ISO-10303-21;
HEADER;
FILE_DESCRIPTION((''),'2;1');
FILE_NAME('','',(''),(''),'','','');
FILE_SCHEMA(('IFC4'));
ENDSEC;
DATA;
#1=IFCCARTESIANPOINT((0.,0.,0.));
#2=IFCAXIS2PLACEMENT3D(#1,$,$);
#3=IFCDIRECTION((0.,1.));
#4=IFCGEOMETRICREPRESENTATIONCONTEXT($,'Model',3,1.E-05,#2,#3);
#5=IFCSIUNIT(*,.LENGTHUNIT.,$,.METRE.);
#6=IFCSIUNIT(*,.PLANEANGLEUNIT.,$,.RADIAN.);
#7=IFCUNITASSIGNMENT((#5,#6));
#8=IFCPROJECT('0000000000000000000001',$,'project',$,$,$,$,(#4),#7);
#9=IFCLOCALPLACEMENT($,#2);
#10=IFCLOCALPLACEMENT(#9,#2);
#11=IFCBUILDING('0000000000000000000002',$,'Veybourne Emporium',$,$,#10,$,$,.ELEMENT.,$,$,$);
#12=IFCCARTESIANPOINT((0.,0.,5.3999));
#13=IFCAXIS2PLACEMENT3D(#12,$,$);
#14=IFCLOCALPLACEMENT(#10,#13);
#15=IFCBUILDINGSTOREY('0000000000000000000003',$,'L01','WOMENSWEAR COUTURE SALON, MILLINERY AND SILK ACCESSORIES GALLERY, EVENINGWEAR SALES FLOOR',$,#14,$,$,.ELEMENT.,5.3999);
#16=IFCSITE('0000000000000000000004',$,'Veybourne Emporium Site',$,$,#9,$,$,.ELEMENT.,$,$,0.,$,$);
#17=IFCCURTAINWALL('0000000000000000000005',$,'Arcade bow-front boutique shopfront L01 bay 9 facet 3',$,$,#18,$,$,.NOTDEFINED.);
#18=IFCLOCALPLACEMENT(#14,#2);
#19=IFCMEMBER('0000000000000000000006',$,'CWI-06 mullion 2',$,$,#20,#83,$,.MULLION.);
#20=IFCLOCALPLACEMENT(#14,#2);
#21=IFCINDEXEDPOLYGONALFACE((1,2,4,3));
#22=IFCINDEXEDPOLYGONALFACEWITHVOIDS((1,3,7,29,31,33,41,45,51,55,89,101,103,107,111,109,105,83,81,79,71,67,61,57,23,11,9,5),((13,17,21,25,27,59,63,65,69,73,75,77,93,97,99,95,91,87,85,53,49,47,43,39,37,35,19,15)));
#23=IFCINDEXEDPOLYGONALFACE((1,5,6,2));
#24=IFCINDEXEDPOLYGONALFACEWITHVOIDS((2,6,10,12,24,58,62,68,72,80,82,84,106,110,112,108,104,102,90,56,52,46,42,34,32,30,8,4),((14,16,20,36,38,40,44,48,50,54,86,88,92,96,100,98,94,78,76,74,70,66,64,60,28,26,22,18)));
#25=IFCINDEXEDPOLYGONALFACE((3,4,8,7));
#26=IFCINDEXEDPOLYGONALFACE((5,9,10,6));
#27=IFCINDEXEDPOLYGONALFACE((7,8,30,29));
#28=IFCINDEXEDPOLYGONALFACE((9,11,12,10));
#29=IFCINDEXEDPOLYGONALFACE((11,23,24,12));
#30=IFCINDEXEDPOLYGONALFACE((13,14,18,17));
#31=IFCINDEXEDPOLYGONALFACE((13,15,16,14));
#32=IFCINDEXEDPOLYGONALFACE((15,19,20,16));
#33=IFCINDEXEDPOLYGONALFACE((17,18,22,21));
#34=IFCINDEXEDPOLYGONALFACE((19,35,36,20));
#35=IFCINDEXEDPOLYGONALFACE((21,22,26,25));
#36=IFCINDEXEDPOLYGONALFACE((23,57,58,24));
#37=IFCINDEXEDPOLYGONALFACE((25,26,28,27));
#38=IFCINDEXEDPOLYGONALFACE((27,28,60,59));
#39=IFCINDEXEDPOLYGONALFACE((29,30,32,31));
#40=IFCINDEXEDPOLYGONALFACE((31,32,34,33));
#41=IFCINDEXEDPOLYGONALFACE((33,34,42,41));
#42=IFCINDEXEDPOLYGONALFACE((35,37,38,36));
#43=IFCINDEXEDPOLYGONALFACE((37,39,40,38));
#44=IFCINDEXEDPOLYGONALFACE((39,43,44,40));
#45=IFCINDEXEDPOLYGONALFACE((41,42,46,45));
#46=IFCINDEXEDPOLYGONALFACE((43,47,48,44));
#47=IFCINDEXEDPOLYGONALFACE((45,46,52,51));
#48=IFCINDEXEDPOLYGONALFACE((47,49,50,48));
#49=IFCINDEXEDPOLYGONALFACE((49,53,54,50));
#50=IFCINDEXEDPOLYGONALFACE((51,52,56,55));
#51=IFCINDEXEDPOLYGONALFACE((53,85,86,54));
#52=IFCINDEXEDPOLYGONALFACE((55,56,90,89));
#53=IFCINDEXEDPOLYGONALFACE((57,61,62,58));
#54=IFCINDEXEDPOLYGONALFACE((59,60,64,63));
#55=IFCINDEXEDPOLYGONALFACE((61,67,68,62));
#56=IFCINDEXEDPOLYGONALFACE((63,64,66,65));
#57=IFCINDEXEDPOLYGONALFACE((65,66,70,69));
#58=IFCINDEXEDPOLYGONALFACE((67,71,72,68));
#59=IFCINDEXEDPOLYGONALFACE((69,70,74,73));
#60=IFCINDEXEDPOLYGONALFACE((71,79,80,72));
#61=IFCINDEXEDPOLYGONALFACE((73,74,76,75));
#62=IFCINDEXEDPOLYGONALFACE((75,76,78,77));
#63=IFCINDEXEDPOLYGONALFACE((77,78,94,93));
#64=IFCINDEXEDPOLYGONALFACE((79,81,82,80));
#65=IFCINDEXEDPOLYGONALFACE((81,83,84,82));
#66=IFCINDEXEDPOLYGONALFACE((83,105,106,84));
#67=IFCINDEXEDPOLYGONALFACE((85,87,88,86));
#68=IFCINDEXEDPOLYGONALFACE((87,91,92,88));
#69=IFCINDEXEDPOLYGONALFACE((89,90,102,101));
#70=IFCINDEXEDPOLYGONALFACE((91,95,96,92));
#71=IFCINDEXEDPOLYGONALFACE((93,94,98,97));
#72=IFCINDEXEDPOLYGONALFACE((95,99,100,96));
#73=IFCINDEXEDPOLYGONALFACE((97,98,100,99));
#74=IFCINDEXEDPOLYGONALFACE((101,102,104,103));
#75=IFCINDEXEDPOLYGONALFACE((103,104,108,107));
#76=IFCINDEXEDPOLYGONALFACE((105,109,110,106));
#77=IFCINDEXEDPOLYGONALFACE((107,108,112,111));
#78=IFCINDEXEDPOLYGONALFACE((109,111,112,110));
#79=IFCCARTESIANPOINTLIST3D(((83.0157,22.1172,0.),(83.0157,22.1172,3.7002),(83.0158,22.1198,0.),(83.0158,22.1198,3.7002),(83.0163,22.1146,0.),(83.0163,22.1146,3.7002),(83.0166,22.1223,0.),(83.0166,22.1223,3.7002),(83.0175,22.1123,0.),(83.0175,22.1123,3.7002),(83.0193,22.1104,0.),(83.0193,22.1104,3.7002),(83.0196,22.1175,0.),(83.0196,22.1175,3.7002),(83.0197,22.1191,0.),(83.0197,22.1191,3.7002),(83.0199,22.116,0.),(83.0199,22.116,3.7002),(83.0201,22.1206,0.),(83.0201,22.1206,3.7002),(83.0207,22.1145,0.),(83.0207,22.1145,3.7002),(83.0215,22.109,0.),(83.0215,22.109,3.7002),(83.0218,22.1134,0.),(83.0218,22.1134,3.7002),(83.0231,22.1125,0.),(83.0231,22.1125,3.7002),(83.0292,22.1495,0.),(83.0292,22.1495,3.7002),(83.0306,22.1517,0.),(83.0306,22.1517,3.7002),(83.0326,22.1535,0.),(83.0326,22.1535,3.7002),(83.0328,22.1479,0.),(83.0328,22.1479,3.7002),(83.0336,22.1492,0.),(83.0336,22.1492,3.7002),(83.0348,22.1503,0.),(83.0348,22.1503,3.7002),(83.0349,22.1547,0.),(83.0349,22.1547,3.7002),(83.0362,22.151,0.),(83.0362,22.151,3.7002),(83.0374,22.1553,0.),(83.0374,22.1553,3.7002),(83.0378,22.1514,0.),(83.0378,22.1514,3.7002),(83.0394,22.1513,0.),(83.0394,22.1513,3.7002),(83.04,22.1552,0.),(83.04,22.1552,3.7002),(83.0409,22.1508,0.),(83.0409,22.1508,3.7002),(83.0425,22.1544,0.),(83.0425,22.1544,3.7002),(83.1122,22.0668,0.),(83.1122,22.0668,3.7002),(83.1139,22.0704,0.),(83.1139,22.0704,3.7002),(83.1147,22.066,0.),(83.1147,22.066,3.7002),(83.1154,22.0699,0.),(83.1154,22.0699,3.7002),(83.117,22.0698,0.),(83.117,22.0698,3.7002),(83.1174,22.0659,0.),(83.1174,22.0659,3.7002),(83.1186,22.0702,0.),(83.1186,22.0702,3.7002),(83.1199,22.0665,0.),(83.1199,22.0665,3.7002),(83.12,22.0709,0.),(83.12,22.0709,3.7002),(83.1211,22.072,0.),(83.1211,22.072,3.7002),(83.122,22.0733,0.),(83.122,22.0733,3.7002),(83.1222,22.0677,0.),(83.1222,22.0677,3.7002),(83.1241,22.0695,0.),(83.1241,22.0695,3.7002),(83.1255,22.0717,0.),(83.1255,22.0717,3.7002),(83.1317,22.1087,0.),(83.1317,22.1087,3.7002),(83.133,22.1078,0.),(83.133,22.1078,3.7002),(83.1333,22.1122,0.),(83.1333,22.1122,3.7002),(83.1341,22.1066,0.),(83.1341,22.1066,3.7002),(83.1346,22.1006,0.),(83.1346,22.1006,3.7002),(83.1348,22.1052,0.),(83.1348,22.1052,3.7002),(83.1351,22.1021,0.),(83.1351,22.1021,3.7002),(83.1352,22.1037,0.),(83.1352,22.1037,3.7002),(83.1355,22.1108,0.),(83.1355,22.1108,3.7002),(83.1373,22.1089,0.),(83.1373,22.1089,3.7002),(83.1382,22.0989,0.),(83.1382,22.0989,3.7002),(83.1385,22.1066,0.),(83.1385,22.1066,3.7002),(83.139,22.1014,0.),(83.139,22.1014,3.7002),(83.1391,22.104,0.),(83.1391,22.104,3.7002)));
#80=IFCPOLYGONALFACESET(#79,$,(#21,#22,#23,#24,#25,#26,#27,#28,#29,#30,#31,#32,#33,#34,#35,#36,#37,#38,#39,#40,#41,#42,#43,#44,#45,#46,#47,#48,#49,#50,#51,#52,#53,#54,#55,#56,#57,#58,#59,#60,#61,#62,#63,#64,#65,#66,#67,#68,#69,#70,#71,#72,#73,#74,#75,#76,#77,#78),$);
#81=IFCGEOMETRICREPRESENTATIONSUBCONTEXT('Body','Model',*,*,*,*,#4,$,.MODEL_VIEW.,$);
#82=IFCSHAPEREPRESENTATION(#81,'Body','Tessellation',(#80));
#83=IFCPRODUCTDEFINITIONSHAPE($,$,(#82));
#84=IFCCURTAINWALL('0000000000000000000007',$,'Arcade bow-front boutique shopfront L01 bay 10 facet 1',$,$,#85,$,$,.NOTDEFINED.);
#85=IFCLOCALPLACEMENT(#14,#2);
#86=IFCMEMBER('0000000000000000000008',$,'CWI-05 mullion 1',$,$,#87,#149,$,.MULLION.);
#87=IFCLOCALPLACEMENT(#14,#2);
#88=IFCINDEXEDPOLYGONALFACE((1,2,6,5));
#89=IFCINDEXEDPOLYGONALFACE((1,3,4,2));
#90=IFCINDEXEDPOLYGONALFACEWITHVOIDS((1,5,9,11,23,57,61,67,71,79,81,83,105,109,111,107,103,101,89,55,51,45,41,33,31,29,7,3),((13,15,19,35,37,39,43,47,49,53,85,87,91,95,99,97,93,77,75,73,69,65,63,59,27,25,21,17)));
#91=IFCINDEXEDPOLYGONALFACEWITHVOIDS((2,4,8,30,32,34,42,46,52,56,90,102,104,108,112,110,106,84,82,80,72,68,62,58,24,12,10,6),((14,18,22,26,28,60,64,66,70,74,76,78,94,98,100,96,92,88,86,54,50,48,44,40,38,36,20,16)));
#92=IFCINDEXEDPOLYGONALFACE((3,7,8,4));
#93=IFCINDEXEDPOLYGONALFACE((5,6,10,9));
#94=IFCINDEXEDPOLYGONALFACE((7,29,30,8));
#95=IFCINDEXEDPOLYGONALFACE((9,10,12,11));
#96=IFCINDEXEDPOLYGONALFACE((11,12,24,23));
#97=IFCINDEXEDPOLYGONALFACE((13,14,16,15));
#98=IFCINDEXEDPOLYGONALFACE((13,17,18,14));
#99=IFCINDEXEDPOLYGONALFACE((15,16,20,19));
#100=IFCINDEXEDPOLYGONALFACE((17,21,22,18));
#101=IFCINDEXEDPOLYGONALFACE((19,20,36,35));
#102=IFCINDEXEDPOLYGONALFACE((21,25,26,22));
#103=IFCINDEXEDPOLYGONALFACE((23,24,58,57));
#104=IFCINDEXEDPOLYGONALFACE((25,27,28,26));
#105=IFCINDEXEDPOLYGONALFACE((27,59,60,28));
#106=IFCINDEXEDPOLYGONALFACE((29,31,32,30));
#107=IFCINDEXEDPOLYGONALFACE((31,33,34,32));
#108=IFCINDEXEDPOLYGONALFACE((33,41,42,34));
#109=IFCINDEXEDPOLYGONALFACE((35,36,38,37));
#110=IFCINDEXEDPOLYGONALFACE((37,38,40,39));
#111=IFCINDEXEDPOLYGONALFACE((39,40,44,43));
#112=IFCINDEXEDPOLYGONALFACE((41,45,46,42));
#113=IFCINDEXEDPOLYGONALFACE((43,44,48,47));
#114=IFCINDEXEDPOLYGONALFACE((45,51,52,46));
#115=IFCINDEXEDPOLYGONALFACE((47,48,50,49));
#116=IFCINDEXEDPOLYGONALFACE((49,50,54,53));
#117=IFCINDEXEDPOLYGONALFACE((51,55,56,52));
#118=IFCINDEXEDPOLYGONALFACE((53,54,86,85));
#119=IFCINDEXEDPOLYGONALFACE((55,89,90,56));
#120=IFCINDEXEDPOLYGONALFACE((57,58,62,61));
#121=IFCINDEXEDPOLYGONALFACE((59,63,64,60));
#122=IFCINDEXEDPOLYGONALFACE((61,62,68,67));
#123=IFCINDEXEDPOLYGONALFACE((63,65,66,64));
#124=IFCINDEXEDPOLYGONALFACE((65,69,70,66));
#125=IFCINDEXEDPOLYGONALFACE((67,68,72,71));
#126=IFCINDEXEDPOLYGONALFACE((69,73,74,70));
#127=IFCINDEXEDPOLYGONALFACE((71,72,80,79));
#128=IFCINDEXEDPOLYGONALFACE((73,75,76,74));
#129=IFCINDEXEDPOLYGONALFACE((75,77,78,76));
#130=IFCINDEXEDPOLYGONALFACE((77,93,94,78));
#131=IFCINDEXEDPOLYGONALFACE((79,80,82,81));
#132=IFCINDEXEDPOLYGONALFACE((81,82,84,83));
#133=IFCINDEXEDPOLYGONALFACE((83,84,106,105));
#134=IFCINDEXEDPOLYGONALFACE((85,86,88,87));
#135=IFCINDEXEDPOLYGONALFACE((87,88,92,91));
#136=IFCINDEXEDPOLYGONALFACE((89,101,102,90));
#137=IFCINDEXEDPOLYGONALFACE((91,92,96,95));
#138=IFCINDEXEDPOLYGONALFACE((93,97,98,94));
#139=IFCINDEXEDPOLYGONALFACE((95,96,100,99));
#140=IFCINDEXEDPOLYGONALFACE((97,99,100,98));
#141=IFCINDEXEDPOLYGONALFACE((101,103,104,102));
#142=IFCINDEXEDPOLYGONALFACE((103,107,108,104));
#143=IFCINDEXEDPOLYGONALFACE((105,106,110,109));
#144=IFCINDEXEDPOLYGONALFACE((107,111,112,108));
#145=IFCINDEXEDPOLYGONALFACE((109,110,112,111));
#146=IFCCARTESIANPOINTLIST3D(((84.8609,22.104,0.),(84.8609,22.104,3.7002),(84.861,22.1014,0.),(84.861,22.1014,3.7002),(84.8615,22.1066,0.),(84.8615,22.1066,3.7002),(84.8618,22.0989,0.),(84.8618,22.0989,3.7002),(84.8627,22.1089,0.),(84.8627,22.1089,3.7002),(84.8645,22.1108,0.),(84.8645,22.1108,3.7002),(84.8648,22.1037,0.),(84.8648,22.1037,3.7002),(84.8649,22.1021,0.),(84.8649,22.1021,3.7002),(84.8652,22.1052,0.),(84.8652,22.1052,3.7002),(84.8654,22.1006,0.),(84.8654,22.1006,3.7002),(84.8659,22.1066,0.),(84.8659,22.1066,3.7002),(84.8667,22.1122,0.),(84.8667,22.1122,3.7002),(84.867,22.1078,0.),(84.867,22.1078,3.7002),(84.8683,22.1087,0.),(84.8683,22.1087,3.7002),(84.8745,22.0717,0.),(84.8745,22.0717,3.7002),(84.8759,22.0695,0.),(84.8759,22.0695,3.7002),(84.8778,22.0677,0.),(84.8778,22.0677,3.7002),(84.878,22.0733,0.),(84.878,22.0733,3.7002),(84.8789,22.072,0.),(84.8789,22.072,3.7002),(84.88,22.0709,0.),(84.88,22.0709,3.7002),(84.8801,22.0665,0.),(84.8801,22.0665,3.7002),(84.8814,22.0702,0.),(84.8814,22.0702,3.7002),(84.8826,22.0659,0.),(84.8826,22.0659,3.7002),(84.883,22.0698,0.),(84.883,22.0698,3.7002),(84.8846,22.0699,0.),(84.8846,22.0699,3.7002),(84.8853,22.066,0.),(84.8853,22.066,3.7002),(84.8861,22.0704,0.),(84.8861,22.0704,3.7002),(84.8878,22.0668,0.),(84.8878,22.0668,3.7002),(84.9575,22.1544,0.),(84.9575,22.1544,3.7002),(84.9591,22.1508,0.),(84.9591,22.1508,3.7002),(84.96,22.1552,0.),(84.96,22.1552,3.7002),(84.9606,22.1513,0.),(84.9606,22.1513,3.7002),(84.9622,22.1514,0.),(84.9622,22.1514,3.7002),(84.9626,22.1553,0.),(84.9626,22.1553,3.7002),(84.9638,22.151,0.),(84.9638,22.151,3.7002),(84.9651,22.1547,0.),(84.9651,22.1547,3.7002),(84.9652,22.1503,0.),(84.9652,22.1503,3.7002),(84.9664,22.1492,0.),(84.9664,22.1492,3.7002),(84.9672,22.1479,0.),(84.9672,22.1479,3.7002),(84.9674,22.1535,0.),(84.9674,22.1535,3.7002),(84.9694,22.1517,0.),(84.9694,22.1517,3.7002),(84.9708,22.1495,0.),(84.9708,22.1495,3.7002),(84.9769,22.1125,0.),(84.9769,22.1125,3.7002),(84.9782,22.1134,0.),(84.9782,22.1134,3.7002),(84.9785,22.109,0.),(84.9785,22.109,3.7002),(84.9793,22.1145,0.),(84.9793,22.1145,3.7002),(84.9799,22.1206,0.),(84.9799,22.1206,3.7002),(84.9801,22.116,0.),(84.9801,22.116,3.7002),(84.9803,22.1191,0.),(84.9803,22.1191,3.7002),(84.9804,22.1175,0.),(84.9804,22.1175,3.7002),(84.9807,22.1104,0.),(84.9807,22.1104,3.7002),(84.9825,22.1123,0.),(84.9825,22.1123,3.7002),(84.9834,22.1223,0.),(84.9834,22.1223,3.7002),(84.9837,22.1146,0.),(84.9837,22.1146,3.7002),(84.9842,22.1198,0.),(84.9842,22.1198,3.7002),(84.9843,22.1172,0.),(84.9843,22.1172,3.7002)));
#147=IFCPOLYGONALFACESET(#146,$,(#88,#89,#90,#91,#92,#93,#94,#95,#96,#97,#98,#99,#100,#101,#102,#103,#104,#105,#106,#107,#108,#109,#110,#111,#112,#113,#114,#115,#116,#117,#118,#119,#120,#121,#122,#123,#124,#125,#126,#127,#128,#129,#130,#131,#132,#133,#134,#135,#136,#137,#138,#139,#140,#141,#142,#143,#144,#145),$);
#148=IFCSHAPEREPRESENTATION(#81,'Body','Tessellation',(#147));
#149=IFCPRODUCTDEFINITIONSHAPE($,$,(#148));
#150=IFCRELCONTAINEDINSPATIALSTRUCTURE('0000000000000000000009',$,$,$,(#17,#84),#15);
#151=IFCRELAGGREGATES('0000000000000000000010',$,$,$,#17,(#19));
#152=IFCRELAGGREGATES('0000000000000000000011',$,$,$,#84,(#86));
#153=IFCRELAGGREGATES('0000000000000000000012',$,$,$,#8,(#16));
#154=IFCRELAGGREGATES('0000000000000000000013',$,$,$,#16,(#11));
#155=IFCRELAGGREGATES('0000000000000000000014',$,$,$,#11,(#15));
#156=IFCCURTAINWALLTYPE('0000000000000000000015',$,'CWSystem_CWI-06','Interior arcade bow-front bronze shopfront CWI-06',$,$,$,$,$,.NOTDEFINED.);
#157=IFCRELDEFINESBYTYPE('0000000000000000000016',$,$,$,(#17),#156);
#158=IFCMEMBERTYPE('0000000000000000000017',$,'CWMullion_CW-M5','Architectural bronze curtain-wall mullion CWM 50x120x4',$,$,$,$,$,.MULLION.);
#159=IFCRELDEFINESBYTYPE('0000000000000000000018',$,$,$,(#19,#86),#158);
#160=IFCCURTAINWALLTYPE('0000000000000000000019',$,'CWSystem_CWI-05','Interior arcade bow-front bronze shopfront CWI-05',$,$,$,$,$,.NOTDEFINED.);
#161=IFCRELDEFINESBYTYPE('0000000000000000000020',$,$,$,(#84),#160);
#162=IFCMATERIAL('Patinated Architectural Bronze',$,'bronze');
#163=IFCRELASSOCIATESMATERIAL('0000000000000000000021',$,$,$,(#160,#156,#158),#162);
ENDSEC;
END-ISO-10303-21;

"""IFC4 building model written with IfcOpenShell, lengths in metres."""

from ifc_helpers import new_model, si_unit, direction, frame, origin, origin_2d, place, context, subcontext, project, spatial, hollow_rectangle, extrude, material, material_profile, profile_set, type_object, element, aggregate, save


model = new_model("IFC4")

# Units and contexts
model_context = context("Model", 3, precision=1e-05, world=origin(), true_north=direction((0.0, 1.0)))
body_context = subcontext(model_context, "Body", "Model", "MODEL_VIEW")
ifc_project = project(units=[si_unit("LENGTHUNIT", "METRE"), si_unit("PLANEANGLEUNIT", "RADIAN")], contexts=[model_context])

# Site, building, storey
site_placement = place(None, origin())
site = spatial("IfcSite", under=ifc_project, at=site_placement, Name="Veybourne Emporium Site", CompositionType="ELEMENT", RefElevation=0.0)
building_placement = place(site_placement, origin())
building = spatial("IfcBuilding", under=site, at=building_placement, Name="Veybourne Emporium", CompositionType="ELEMENT")
storey_placement = place(building_placement, frame((0.0, 0.0, 5.3999)))
storey = spatial("IfcBuildingStorey", under=building, at=storey_placement, Name="L01", Description="WOMENSWEAR COUTURE SALON, MILLINERY AND SILK ACCESSORIES GALLERY, EVENINGWEAR SALES FLOOR", CompositionType="ELEMENT", Elevation=5.3999)

# Shared definitions
ifc_material_1 = material(Name="Patinated Architectural Bronze", Category="bronze")
curtain_wall_type_1 = type_object("IfcCurtainWallType", Name="CWSystem_CWI-05", Description="Interior arcade bow-front bronze shopfront CWI-05", PredefinedType="NOTDEFINED", material=ifc_material_1)
ifc_material_profile_1 = material_profile(ifc_material_1, hollow_rectangle(XDim=0.05, YDim=0.1201, WallThickness=0.0039, InnerFilletRadius=0.0061, OuterFilletRadius=0.01, at=origin_2d()), Name="CWM 50x120x4")
ifc_profile_set_1 = profile_set([ifc_material_profile_1], Name="Patinated Architectural Bronze")
member_type_1 = type_object("IfcMemberType", Name="CWMullion_CW-M5", Description="Architectural bronze curtain-wall mullion CWM 50x120x4", PredefinedType="MULLION", material=ifc_profile_set_1)

# Curtain walls, members
curtain_wall_type_2 = type_object("IfcCurtainWallType", Name="CWSystem_CWI-06", Description="Interior arcade bow-front bronze shopfront CWI-06", PredefinedType="NOTDEFINED", material=ifc_material_1)
curtain_wall_1_placement = place(storey_placement, origin())
curtain_wall_1 = element("IfcCurtainWall", 1, at=curtain_wall_1_placement, inside=storey, type_object=curtain_wall_type_2, Name="Arcade bow-front boutique shopfront L01 bay 9 facet 3", PredefinedType="NOTDEFINED")
member_1_placement = place(storey_placement, frame((83.0774, 22.1106, 0.0), z_axis=(0.0, 0.0, 1.0), x_axis=(0.421111, 0.907009, 0.0)))
member_1 = element("IfcMember", 2, at=member_1_placement, type_object=member_type_1, Name="CWI-06 mullion 2", PredefinedType="MULLION", context=body_context, shape_type="SweptSolid", body=[
    extrude(hollow_rectangle(XDim=0.05, YDim=0.1201, WallThickness=0.0039, InnerFilletRadius=0.0061, OuterFilletRadius=0.01, at=origin_2d()), origin(), (0.0, 0.0, 1.0), 3.7002),
])
curtain_wall_2_placement = place(storey_placement, origin())
curtain_wall_2 = element("IfcCurtainWall", 3, at=curtain_wall_2_placement, inside=storey, type_object=curtain_wall_type_1, Name="Arcade bow-front boutique shopfront L01 bay 10 facet 1", PredefinedType="NOTDEFINED")
member_2_placement = place(storey_placement, frame((84.9226, 22.1106, 0.0), z_axis=(0.0, 0.0, 1.0), x_axis=(-0.421111, 0.907009, 0.0)))
member_2 = element("IfcMember", 4, at=member_2_placement, type_object=member_type_1, Name="CWI-05 mullion 1", PredefinedType="MULLION", context=body_context, shape_type="SweptSolid", body=[
    extrude(hollow_rectangle(XDim=0.05, YDim=0.1201, WallThickness=0.0039, InnerFilletRadius=0.0061, OuterFilletRadius=0.01, at=origin_2d()), origin(), (0.0, 0.0, 1.0), 3.7002),
])

aggregate(curtain_wall_1, [member_1])
aggregate(curtain_wall_2, [member_2])

save(model, "model.ifc")
